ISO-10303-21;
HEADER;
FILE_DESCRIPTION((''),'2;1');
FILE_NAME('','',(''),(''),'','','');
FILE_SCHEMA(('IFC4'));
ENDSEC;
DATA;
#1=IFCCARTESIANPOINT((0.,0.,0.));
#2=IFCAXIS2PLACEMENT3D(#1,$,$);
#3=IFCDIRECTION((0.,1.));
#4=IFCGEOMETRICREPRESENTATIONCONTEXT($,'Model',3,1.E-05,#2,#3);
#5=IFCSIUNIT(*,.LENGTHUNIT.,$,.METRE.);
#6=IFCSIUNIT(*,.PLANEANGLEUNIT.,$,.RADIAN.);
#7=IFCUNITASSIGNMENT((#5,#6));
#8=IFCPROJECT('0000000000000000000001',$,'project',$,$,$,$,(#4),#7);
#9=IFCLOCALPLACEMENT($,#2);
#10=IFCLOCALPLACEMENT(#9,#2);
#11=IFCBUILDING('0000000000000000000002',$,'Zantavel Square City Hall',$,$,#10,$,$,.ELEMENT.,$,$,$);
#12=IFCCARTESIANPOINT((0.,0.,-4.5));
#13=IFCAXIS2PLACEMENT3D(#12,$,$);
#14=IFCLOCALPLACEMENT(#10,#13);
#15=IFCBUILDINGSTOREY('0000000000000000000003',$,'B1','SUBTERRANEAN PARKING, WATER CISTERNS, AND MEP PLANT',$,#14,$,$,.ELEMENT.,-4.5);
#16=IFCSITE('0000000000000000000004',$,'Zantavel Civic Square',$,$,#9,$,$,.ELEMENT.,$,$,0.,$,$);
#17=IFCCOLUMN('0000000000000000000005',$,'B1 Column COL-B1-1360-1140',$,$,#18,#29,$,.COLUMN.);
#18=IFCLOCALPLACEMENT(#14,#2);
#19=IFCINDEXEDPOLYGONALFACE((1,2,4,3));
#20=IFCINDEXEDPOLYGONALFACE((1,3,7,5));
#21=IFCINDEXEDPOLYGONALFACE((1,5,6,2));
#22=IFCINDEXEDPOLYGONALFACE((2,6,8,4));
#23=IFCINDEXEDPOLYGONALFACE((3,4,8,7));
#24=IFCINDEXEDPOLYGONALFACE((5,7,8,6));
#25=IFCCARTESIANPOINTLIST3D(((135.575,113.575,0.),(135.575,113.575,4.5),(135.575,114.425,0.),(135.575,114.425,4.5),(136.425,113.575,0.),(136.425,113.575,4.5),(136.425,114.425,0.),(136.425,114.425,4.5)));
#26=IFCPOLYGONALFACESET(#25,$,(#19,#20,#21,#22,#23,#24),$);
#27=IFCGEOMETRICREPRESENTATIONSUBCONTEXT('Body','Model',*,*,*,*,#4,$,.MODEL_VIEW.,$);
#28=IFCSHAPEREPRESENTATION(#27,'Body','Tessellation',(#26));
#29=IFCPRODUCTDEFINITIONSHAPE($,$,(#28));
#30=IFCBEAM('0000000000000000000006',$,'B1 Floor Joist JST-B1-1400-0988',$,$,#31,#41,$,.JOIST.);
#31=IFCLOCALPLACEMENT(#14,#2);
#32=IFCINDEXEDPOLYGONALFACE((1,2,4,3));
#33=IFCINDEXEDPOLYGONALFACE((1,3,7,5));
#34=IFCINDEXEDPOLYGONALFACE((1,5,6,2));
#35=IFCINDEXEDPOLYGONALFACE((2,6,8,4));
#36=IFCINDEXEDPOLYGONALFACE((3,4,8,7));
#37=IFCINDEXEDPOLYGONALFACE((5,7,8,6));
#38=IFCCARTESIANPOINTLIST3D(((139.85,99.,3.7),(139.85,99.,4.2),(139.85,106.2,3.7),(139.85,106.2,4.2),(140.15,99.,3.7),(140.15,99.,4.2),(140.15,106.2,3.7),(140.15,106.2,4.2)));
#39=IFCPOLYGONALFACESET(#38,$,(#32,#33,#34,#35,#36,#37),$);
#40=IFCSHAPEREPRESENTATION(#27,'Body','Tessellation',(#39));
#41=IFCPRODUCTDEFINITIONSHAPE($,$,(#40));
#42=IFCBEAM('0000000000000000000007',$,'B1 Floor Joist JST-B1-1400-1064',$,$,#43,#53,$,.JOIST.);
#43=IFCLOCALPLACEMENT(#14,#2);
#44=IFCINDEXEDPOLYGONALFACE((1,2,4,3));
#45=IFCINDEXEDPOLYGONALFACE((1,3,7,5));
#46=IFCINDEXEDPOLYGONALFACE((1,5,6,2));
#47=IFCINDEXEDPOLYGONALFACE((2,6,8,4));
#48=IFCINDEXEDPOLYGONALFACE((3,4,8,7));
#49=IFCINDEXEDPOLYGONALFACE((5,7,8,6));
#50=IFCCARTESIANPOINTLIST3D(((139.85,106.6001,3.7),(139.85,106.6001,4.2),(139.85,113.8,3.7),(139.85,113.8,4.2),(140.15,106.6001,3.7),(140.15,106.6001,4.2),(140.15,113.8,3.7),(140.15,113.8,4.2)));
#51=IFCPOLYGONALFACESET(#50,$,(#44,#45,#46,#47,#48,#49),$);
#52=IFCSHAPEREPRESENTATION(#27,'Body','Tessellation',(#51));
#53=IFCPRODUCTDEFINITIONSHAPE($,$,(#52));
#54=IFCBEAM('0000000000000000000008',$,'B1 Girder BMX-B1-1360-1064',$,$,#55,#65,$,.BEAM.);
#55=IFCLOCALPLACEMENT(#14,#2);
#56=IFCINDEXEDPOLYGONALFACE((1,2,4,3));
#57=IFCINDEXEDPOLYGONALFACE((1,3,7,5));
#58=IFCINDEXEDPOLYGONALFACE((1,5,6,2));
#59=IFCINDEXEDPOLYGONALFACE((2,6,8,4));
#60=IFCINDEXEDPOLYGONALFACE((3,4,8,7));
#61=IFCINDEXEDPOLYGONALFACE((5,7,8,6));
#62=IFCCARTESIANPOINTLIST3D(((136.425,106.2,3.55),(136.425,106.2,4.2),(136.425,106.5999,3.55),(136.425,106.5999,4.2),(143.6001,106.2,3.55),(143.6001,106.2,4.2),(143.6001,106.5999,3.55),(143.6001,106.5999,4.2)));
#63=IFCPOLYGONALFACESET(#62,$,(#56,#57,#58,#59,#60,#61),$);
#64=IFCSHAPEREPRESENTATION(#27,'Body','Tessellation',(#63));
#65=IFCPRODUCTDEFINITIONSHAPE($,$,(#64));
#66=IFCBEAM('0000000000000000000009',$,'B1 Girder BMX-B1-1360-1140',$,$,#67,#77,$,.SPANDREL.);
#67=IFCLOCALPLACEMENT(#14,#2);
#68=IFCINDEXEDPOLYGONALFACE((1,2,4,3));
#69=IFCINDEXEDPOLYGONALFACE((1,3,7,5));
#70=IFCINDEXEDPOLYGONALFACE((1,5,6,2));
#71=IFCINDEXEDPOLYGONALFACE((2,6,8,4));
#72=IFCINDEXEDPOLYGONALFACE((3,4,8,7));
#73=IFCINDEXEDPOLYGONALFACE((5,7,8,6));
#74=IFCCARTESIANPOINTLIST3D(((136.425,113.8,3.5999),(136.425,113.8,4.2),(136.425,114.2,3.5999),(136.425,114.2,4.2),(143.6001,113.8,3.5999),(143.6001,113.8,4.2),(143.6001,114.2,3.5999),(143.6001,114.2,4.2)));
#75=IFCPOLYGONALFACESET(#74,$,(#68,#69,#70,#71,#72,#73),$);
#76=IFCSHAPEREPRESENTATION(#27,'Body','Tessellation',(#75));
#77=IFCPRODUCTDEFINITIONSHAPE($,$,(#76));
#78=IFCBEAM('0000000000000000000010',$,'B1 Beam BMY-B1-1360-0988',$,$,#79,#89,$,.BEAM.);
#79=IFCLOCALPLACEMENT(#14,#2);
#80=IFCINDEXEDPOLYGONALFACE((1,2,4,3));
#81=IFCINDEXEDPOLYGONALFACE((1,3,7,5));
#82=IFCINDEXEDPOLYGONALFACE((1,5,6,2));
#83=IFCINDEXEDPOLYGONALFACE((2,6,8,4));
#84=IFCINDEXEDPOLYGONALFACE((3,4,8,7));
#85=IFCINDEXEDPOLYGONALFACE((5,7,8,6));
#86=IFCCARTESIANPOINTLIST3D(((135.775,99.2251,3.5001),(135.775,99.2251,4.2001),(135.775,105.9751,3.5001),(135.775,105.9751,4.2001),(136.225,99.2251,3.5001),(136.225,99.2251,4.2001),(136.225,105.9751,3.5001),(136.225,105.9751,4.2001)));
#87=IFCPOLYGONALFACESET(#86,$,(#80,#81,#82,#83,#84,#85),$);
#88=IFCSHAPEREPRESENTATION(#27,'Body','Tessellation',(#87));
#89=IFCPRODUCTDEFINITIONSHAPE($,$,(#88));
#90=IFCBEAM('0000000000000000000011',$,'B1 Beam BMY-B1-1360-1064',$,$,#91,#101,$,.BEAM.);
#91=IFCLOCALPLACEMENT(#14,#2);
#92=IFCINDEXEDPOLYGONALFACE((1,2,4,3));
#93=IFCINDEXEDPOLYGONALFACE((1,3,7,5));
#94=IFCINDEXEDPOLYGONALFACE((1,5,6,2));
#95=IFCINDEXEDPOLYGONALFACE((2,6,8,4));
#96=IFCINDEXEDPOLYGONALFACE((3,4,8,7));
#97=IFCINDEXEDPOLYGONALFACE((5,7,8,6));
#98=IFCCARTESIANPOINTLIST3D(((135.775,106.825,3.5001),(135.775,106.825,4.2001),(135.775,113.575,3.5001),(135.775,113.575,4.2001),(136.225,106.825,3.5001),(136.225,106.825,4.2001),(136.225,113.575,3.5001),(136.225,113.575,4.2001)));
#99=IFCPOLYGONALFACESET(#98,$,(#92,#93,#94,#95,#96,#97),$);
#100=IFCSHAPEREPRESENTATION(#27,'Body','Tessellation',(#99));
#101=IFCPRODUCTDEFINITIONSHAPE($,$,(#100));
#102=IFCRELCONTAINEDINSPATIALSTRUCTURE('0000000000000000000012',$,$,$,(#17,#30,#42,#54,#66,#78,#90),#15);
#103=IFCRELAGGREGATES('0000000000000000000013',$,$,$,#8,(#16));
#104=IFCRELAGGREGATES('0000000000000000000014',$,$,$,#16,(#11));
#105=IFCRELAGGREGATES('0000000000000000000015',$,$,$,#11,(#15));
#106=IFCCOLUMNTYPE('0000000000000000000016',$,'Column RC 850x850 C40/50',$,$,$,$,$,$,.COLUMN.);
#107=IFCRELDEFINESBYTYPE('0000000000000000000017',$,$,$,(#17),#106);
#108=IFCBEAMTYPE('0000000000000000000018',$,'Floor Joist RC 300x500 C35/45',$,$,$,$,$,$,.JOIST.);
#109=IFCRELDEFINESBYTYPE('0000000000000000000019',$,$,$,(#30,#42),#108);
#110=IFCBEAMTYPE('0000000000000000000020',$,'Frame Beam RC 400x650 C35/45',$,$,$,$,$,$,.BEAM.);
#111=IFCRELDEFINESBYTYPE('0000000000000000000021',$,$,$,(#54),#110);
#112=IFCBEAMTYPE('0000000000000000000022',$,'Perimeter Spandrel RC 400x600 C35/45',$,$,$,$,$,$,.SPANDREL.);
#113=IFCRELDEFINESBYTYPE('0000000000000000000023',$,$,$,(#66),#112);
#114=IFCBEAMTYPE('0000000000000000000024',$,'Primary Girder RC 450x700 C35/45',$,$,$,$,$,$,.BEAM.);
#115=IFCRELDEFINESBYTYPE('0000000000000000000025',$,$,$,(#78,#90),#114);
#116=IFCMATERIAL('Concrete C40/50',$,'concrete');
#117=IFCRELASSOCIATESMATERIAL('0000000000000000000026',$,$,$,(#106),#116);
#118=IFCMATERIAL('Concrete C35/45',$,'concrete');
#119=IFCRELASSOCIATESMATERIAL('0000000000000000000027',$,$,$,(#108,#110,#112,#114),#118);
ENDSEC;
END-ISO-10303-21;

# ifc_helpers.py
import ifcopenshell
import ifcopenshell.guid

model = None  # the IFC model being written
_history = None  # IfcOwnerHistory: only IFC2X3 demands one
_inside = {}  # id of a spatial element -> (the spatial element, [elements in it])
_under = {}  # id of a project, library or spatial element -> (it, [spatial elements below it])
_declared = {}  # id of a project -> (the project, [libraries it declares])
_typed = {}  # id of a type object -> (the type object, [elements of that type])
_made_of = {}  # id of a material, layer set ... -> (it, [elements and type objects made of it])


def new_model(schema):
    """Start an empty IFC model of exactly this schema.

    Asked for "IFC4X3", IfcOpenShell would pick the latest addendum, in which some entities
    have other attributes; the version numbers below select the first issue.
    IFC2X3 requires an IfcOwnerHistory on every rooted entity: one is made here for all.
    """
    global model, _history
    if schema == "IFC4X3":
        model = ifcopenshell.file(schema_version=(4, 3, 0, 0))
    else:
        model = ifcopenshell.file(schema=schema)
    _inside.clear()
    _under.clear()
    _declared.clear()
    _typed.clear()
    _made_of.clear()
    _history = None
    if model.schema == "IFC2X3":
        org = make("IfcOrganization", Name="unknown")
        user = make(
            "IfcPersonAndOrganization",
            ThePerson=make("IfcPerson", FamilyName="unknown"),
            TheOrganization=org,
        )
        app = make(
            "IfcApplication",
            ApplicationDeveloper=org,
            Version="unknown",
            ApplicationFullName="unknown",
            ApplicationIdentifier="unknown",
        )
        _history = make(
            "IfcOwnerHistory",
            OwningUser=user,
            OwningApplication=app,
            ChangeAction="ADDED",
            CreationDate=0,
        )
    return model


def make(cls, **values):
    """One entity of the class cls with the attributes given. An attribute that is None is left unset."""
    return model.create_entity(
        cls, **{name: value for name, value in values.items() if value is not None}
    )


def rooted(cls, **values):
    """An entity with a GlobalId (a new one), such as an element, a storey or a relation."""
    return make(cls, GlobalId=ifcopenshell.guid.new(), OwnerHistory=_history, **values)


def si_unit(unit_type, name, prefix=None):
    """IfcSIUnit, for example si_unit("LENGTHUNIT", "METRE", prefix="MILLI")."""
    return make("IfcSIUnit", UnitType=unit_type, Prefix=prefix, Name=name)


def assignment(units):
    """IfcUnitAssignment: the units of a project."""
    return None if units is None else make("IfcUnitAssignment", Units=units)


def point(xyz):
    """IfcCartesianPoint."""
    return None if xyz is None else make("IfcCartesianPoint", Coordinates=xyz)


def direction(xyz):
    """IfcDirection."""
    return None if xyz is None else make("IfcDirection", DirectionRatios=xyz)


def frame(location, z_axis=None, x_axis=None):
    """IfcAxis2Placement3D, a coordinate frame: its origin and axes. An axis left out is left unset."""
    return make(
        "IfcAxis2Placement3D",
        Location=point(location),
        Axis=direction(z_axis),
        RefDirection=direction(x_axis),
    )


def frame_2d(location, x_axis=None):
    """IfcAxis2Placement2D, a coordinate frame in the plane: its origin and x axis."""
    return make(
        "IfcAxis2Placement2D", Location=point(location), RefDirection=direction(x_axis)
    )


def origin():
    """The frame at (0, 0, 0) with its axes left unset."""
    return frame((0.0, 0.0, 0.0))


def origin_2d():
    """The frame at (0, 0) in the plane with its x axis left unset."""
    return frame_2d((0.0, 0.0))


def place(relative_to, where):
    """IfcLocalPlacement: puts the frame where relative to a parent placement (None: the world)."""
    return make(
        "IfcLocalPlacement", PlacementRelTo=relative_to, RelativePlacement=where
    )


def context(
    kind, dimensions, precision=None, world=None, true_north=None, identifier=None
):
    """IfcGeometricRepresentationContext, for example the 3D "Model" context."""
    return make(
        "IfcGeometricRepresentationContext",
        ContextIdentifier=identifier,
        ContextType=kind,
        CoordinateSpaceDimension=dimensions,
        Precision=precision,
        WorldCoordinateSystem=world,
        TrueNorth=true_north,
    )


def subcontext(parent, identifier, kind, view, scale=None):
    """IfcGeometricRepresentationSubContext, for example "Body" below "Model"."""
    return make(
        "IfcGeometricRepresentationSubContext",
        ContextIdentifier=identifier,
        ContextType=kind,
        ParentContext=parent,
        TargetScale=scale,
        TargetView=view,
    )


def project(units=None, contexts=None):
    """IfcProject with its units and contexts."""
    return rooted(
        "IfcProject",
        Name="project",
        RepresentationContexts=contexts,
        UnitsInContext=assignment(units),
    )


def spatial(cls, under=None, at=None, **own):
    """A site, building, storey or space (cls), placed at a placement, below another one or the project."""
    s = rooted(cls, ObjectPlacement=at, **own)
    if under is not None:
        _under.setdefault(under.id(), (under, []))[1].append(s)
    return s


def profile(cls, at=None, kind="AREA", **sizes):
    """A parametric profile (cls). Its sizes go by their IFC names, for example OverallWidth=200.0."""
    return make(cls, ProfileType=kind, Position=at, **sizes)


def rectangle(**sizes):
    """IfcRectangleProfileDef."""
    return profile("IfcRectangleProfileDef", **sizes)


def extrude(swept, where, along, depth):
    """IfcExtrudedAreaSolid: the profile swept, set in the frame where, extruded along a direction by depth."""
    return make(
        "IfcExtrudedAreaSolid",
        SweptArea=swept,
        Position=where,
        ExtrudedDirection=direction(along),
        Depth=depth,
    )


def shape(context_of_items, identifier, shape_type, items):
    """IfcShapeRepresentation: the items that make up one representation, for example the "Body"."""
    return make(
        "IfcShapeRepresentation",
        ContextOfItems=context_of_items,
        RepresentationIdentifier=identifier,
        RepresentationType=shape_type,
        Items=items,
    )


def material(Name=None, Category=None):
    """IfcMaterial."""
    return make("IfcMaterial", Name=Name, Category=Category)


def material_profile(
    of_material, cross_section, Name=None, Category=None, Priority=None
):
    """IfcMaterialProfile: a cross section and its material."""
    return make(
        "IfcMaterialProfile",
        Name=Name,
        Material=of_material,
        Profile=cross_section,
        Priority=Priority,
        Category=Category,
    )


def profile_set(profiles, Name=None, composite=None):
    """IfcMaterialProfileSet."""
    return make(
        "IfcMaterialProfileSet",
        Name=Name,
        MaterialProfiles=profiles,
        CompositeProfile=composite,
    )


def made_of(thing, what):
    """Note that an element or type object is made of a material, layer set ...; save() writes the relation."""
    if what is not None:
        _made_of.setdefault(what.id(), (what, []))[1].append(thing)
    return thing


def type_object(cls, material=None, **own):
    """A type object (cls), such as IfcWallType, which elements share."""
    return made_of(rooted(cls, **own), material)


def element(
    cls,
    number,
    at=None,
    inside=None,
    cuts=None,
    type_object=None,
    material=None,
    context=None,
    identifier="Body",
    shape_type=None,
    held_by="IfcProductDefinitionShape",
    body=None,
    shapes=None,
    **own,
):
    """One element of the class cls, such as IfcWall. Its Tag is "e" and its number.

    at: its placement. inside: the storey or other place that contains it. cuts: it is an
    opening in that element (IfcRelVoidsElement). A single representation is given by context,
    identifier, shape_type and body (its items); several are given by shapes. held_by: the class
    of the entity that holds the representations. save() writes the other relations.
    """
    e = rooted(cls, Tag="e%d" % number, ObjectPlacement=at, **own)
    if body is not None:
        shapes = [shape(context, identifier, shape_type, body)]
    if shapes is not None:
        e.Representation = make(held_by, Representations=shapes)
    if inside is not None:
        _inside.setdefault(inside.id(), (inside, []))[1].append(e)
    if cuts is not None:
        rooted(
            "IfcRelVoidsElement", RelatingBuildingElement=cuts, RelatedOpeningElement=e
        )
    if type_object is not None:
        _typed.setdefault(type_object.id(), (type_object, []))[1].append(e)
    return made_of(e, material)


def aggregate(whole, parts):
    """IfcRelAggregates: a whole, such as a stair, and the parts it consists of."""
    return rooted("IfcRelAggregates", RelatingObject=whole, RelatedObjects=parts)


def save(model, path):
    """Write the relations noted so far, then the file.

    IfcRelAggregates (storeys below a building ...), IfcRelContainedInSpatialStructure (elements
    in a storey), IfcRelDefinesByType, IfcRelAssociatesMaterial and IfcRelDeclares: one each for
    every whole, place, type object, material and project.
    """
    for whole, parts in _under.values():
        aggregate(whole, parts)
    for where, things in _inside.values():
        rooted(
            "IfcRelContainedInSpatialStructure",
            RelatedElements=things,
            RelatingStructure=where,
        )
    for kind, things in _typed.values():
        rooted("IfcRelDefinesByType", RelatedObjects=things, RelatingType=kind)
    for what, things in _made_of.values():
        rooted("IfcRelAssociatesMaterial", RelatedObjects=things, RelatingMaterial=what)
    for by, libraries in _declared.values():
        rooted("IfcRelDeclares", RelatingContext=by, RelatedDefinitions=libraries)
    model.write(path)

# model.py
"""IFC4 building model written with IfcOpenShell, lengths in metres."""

from ifc_helpers import new_model, si_unit, direction, frame, origin, origin_2d, place, context, subcontext, project, spatial, rectangle, extrude, material, material_profile, profile_set, type_object, element, save


model = new_model("IFC4")

# Units and contexts
model_context = context("Model", 3, precision=1e-05, world=origin(), true_north=direction((0.0, 1.0)))
body_context = subcontext(model_context, "Body", "Model", "MODEL_VIEW")
ifc_project = project(units=[si_unit("LENGTHUNIT", "METRE"), si_unit("PLANEANGLEUNIT", "RADIAN")], contexts=[model_context])

# Site, building, storey
site_placement = place(None, origin())
site = spatial("IfcSite", under=ifc_project, at=site_placement, Name="Zantavel Civic Square", CompositionType="ELEMENT", RefElevation=0.0)
building_placement = place(site_placement, origin())
building = spatial("IfcBuilding", under=site, at=building_placement, Name="Zantavel Square City Hall", CompositionType="ELEMENT")
storey_placement = place(building_placement, frame((0.0, 0.0, -4.5)))
storey = spatial("IfcBuildingStorey", under=building, at=storey_placement, Name="B1", Description="SUBTERRANEAN PARKING, WATER CISTERNS, AND MEP PLANT", CompositionType="ELEMENT", Elevation=-4.5)

# Shared definitions
ifc_material_1 = material(Name="Concrete C35/45", Category="concrete")

# Shared definitions
ifc_material_2 = material(Name="Concrete C40/50", Category="concrete")

# Column
ifc_material_profile_1 = material_profile(ifc_material_2, rectangle(XDim=0.8501, YDim=0.8501, at=origin_2d()), Name="RC 850x850")
ifc_profile_set_1 = profile_set([ifc_material_profile_1], Name="Concrete C40/50")
column_type = type_object("IfcColumnType", Name="Column RC 850x850 C40/50", PredefinedType="COLUMN", material=ifc_profile_set_1)
for number, where, z_axis, x_axis, name in (
    (1, (136.0, 114.0, 0.0), (0.0, 0.0, 1.0), (1.0, 0.0, 0.0), "B1 Column COL-B1-1360-1140"),
):
    element("IfcColumn", number, at=place(storey_placement, frame(where, z_axis=z_axis, x_axis=x_axis)), inside=storey, type_object=column_type, Name=name, PredefinedType="COLUMN", context=body_context, shape_type="SweptSolid", body=[
        extrude(rectangle(XDim=0.8501, YDim=0.8501, at=origin_2d()), origin(), (0.0, 0.0, 1.0), 4.5),
    ])

# Beams
ifc_material_profile_2 = material_profile(ifc_material_1, rectangle(XDim=0.3, YDim=0.5, at=origin_2d()), Name="RC 300x500")
ifc_profile_set_2 = profile_set([ifc_material_profile_2], Name="Concrete C35/45")
beam_type_1 = type_object("IfcBeamType", Name="Floor Joist RC 300x500 C35/45", PredefinedType="JOIST", material=ifc_profile_set_2)
for number, where, z_axis, x_axis, name in (
    (2, (140.0, 99.0, 3.95), (0.0, 1.0, 0.0), (-1.0, 0.0, 0.0), "B1 Floor Joist JST-B1-1400-0988"),
    (3, (140.0, 106.6001, 3.95), (0.0, 1.0, 0.0), (-1.0, 0.0, 0.0), "B1 Floor Joist JST-B1-1400-1064"),
):
    element("IfcBeam", number, at=place(storey_placement, frame(where, z_axis=z_axis, x_axis=x_axis)), inside=storey, type_object=beam_type_1, Name=name, PredefinedType="JOIST", context=body_context, shape_type="SweptSolid", body=[
        extrude(rectangle(XDim=0.3, YDim=0.5, at=origin_2d()), origin(), (0.0, 0.0, 1.0), 7.2),
    ])
ifc_material_profile_3 = material_profile(ifc_material_1, rectangle(XDim=0.3999, YDim=0.6499, at=origin_2d()), Name="RC 400x650")
ifc_profile_set_3 = profile_set([ifc_material_profile_3], Name="Concrete C35/45")
beam_type_2 = type_object("IfcBeamType", Name="Frame Beam RC 400x650 C35/45", PredefinedType="BEAM", material=ifc_profile_set_3)
beam_1_placement = place(storey_placement, frame((136.425, 106.3999, 3.875), z_axis=(1.0, 0.0, 0.0), x_axis=(0.0, 1.0, 0.0)))
element("IfcBeam", 4, at=beam_1_placement, inside=storey, type_object=beam_type_2, Name="B1 Girder BMX-B1-1360-1064", PredefinedType="BEAM", context=body_context, shape_type="SweptSolid", body=[
    extrude(rectangle(XDim=0.3999, YDim=0.6499, at=origin_2d()), origin(), (0.0, 0.0, 1.0), 7.175),
])
ifc_material_profile_4 = material_profile(ifc_material_1, rectangle(XDim=0.3999, YDim=0.6001, at=origin_2d()), Name="RC 400x600")
ifc_profile_set_4 = profile_set([ifc_material_profile_4], Name="Concrete C35/45")
beam_type_3 = type_object("IfcBeamType", Name="Perimeter Spandrel RC 400x600 C35/45", PredefinedType="SPANDREL", material=ifc_profile_set_4)
beam_2_placement = place(storey_placement, frame((136.425, 114.0, 3.8999), z_axis=(1.0, 0.0, 0.0), x_axis=(0.0, 1.0, 0.0)))
element("IfcBeam", 5, at=beam_2_placement, inside=storey, type_object=beam_type_3, Name="B1 Girder BMX-B1-1360-1140", PredefinedType="SPANDREL", context=body_context, shape_type="SweptSolid", body=[
    extrude(rectangle(XDim=0.3999, YDim=0.6001, at=origin_2d()), origin(), (0.0, 0.0, 1.0), 7.175),
])
ifc_material_profile_5 = material_profile(ifc_material_1, rectangle(XDim=0.45, YDim=0.7, at=origin_2d()), Name="RC 450x700")
ifc_profile_set_5 = profile_set([ifc_material_profile_5], Name="Concrete C35/45")
beam_type_4 = type_object("IfcBeamType", Name="Primary Girder RC 450x700 C35/45", PredefinedType="BEAM", material=ifc_profile_set_5)
for number, where, z_axis, x_axis, name in (
    (6, (136.0, 99.2251, 3.8501), (0.0, 1.0, 0.0), (-1.0, 0.0, 0.0), "B1 Beam BMY-B1-1360-0988"),
    (7, (136.0, 106.825, 3.8501), (0.0, 1.0, 0.0), (-1.0, 0.0, 0.0), "B1 Beam BMY-B1-1360-1064"),
):
    element("IfcBeam", number, at=place(storey_placement, frame(where, z_axis=z_axis, x_axis=x_axis)), inside=storey, type_object=beam_type_4, Name=name, PredefinedType="BEAM", context=body_context, shape_type="SweptSolid", body=[
        extrude(rectangle(XDim=0.45, YDim=0.7, at=origin_2d()), origin(), (0.0, 0.0, 1.0), 6.75),
    ])

save(model, "model.ifc")
